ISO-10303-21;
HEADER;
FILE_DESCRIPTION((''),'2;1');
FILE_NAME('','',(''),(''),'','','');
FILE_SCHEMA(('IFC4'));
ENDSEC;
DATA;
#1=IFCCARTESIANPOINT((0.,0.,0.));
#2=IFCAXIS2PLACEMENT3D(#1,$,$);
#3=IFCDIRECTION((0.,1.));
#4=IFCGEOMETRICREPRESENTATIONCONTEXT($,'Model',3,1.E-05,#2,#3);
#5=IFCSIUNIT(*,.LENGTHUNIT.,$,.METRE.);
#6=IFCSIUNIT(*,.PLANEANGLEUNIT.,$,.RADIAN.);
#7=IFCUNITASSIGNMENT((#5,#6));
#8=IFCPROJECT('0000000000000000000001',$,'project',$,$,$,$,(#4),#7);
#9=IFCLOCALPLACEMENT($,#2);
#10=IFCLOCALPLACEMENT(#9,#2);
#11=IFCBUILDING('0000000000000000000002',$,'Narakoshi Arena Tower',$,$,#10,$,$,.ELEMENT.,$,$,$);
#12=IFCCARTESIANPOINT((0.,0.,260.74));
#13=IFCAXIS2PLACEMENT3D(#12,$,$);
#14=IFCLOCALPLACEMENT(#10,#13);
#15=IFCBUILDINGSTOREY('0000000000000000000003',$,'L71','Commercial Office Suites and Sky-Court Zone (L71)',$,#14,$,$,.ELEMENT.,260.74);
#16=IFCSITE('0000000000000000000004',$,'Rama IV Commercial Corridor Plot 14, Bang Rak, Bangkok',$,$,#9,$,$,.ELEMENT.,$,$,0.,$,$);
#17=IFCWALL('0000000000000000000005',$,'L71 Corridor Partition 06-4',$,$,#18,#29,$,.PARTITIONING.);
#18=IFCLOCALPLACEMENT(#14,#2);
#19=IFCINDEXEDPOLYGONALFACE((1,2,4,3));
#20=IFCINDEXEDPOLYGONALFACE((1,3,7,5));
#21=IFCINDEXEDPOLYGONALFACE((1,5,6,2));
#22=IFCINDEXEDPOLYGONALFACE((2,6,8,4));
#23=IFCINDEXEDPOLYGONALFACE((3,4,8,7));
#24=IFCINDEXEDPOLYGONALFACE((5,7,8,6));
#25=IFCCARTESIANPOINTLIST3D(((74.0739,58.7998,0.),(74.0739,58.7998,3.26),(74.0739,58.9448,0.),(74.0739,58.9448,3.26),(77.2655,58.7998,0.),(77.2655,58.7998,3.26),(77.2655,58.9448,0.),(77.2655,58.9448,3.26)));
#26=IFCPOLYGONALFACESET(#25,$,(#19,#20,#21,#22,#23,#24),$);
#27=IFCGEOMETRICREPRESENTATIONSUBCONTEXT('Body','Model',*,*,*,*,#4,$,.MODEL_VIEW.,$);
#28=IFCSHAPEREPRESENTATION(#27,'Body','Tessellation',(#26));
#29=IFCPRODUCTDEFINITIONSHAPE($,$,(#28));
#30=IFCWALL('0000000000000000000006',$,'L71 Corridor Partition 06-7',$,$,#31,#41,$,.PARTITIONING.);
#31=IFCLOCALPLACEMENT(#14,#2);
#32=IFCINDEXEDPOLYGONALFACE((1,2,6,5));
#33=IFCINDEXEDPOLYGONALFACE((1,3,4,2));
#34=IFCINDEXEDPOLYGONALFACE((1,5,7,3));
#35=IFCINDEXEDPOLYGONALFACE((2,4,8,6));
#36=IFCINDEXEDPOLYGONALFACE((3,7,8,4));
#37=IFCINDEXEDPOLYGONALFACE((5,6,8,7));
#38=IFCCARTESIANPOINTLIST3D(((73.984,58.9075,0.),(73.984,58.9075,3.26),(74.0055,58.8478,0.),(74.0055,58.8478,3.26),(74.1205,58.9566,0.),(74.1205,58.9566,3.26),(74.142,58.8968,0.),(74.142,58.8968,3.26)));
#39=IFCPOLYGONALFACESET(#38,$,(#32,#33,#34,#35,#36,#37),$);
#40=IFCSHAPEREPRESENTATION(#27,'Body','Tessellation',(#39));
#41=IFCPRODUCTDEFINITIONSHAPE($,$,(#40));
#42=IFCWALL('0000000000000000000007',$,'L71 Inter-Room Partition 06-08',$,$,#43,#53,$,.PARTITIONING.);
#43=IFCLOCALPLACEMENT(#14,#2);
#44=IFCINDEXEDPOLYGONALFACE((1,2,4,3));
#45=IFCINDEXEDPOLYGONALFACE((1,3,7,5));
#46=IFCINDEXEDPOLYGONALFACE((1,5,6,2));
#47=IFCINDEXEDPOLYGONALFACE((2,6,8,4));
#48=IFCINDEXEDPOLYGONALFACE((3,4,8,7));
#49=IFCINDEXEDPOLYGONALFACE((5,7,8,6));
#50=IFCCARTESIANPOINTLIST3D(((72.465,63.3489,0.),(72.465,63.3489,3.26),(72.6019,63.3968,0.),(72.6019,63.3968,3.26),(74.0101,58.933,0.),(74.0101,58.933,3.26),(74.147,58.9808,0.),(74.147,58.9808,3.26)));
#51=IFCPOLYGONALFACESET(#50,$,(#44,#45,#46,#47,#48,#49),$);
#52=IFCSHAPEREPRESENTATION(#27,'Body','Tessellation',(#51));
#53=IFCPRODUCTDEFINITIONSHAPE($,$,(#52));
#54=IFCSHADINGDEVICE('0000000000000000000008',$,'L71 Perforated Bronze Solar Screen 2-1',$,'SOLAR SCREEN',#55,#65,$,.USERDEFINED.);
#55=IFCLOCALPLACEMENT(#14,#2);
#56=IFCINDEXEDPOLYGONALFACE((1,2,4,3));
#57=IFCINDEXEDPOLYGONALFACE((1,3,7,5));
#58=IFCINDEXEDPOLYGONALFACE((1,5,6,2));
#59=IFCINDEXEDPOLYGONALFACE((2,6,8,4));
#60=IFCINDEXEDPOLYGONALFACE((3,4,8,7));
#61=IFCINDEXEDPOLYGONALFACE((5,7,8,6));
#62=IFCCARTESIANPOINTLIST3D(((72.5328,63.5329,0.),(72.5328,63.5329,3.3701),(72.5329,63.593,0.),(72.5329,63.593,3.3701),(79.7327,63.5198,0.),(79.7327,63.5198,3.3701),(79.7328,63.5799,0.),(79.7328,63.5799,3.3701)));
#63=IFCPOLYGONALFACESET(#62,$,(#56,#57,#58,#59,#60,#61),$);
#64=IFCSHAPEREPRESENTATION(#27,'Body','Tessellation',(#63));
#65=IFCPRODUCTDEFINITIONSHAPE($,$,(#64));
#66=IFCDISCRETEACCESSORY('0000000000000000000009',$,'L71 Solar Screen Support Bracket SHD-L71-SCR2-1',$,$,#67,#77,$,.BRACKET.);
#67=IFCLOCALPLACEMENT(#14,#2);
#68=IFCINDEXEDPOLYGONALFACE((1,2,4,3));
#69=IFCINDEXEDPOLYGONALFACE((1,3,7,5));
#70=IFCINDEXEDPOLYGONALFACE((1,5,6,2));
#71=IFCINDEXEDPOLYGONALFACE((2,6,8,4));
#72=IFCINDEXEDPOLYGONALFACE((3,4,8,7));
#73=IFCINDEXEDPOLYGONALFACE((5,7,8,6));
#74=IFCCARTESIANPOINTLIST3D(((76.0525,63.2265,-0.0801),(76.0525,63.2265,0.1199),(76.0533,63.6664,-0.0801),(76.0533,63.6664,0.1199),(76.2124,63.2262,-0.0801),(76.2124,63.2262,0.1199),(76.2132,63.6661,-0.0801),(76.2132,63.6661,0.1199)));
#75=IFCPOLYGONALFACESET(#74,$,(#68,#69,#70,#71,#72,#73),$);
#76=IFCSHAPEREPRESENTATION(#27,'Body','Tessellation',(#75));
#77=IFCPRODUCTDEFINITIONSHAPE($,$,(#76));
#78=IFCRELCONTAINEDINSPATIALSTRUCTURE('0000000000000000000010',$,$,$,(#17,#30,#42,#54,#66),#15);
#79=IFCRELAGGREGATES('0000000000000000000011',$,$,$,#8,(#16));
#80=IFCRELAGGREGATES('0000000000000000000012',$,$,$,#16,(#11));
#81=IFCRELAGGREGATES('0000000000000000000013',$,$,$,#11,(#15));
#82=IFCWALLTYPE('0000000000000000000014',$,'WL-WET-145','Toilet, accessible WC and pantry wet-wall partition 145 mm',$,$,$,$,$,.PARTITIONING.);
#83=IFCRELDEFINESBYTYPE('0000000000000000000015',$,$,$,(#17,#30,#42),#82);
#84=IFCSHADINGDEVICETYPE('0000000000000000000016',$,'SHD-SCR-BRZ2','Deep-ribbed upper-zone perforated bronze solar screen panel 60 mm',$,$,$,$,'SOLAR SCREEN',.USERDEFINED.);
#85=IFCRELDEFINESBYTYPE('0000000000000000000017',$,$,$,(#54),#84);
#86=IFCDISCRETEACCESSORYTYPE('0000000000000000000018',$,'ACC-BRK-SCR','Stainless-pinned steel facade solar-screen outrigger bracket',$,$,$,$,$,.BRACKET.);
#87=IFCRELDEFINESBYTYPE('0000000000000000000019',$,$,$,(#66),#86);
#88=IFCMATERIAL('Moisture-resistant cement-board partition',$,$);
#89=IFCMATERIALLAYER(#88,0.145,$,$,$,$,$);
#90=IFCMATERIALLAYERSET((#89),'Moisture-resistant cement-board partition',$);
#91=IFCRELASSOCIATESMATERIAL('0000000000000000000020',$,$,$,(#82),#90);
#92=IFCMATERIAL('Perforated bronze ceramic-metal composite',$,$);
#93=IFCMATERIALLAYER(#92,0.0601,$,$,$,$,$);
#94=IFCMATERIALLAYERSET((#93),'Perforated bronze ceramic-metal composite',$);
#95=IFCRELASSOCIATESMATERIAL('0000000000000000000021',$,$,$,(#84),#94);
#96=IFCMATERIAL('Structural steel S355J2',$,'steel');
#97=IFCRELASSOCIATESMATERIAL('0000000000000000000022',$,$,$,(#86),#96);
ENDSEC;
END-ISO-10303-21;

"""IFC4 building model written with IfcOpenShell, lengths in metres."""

from ifc_helpers import new_model, si_unit, direction, frame, frame_2d, origin, origin_2d, place, context, subcontext, project, spatial, rectangle, extrude, material, layer, layer_set, type_object, element, save


model = new_model("IFC4")

# Units and contexts
model_context = context("Model", 3, precision=1e-05, world=origin(), true_north=direction((0.0, 1.0)))
body_context = subcontext(model_context, "Body", "Model", "MODEL_VIEW")
ifc_project = project(units=[si_unit("LENGTHUNIT", "METRE"), si_unit("PLANEANGLEUNIT", "RADIAN")], contexts=[model_context])

# Site, building, storey
site_placement = place(None, origin())
site = spatial("IfcSite", under=ifc_project, at=site_placement, Name="Rama IV Commercial Corridor Plot 14, Bang Rak, Bangkok", CompositionType="ELEMENT", RefElevation=0.0)
building_placement = place(site_placement, origin())
building = spatial("IfcBuilding", under=site, at=building_placement, Name="Narakoshi Arena Tower", CompositionType="ELEMENT")
storey_placement = place(building_placement, frame((0.0, 0.0, 260.74)))
storey = spatial("IfcBuildingStorey", under=building, at=storey_placement, Name="L71", Description="Commercial Office Suites and Sky-Court Zone (L71)", CompositionType="ELEMENT", Elevation=260.74)

# Walls
ifc_material_1 = material(Name="Moisture-resistant cement-board partition")
ifc_layer_1 = layer(ifc_material_1, 0.145)
ifc_layer_set_1 = layer_set([ifc_layer_1], Name="Moisture-resistant cement-board partition")
wall_type_1 = type_object("IfcWallType", Name="WL-WET-145", Description="Toilet, accessible WC and pantry wet-wall partition 145 mm", PredefinedType="PARTITIONING", material=ifc_layer_set_1)
wall_1_placement = place(storey_placement, frame((77.2654, 58.8723, 0.0), z_axis=(0.0, 0.0, 1.0), x_axis=(-1.0, 0.0, 0.0)))
element("IfcWall", 1, at=wall_1_placement, inside=storey, type_object=wall_type_1, Name="L71 Corridor Partition 06-4", PredefinedType="PARTITIONING", context=body_context, shape_type="SweptSolid", body=[
    extrude(rectangle(XDim=3.1917, YDim=0.145, at=frame_2d((1.5957, 0.0))), origin(), (0.0, 0.0, 1.0), 3.26),
])
wall_2_placement = place(storey_placement, frame((74.0737, 58.8723, 0.0), z_axis=(0.0, 0.0, 1.0), x_axis=(-0.338039, 0.941132, 0.0)))
element("IfcWall", 2, at=wall_2_placement, inside=storey, type_object=wall_type_1, Name="L71 Corridor Partition 06-7", PredefinedType="PARTITIONING", context=body_context, shape_type="SweptSolid", body=[
    extrude(rectangle(XDim=0.0635, YDim=0.145, at=frame_2d((0.0317, 0.0))), origin(), (0.0, 0.0, 1.0), 3.26),
])
wall_3_placement = place(storey_placement, frame((74.0786, 58.9568, 0.0), z_axis=(0.0, 0.0, 1.0), x_axis=(-0.330267, 0.943888, 0.0)))
element("IfcWall", 3, at=wall_3_placement, inside=storey, type_object=wall_type_1, Name="L71 Inter-Room Partition 06-08", PredefinedType="PARTITIONING", context=body_context, shape_type="SweptSolid", body=[
    extrude(rectangle(XDim=4.6785, YDim=0.145, at=frame_2d((2.3394, 0.0))), origin(), (0.0, 0.0, 1.0), 3.26),
])

# Shading device
ifc_material_2 = material(Name="Perforated bronze ceramic-metal composite")
ifc_layer_2 = layer(ifc_material_2, 0.0601)
ifc_layer_set_2 = layer_set([ifc_layer_2], Name="Perforated bronze ceramic-metal composite")
shading_device_type = type_object("IfcShadingDeviceType", Name="SHD-SCR-BRZ2", Description="Deep-ribbed upper-zone perforated bronze solar screen panel 60 mm", ElementType="SOLAR SCREEN", PredefinedType="USERDEFINED", material=ifc_layer_set_2)
shading_device_placement = place(storey_placement, frame((76.1328, 63.5564, 0.0), z_axis=(0.0, 0.0, 1.0), x_axis=(-0.999998, 0.001815, 0.0)))
element("IfcShadingDevice", 4, at=shading_device_placement, inside=storey, type_object=shading_device_type, Name="L71 Perforated Bronze Solar Screen 2-1", ObjectType="SOLAR SCREEN", PredefinedType="USERDEFINED", context=body_context, shape_type="SweptSolid", body=[
    extrude(rectangle(XDim=7.2, YDim=0.0601, at=origin_2d()), origin(), (0.0, 0.0, 1.0), 3.3701),
])

# Discrete accessory
ifc_material_3 = material(Name="Structural steel S355J2", Category="steel")
discrete_accessory_type = type_object("IfcDiscreteAccessoryType", Name="ACC-BRK-SCR", Description="Stainless-pinned steel facade solar-screen outrigger bracket", PredefinedType="BRACKET", material=ifc_material_3)
discrete_accessory_placement = place(storey_placement, frame((76.1328, 63.4463, -0.0801), z_axis=(0.0, 0.0, 1.0), x_axis=(-0.999998, 0.001815, 0.0)))
element("IfcDiscreteAccessory", 5, at=discrete_accessory_placement, inside=storey, type_object=discrete_accessory_type, Name="L71 Solar Screen Support Bracket SHD-L71-SCR2-1", PredefinedType="BRACKET", context=body_context, shape_type="SweptSolid", body=[
    extrude(rectangle(XDim=0.1599, YDim=0.4399, at=origin_2d()), origin(), (0.0, 0.0, 1.0), 0.2),
])

save(model, "model.ifc")
